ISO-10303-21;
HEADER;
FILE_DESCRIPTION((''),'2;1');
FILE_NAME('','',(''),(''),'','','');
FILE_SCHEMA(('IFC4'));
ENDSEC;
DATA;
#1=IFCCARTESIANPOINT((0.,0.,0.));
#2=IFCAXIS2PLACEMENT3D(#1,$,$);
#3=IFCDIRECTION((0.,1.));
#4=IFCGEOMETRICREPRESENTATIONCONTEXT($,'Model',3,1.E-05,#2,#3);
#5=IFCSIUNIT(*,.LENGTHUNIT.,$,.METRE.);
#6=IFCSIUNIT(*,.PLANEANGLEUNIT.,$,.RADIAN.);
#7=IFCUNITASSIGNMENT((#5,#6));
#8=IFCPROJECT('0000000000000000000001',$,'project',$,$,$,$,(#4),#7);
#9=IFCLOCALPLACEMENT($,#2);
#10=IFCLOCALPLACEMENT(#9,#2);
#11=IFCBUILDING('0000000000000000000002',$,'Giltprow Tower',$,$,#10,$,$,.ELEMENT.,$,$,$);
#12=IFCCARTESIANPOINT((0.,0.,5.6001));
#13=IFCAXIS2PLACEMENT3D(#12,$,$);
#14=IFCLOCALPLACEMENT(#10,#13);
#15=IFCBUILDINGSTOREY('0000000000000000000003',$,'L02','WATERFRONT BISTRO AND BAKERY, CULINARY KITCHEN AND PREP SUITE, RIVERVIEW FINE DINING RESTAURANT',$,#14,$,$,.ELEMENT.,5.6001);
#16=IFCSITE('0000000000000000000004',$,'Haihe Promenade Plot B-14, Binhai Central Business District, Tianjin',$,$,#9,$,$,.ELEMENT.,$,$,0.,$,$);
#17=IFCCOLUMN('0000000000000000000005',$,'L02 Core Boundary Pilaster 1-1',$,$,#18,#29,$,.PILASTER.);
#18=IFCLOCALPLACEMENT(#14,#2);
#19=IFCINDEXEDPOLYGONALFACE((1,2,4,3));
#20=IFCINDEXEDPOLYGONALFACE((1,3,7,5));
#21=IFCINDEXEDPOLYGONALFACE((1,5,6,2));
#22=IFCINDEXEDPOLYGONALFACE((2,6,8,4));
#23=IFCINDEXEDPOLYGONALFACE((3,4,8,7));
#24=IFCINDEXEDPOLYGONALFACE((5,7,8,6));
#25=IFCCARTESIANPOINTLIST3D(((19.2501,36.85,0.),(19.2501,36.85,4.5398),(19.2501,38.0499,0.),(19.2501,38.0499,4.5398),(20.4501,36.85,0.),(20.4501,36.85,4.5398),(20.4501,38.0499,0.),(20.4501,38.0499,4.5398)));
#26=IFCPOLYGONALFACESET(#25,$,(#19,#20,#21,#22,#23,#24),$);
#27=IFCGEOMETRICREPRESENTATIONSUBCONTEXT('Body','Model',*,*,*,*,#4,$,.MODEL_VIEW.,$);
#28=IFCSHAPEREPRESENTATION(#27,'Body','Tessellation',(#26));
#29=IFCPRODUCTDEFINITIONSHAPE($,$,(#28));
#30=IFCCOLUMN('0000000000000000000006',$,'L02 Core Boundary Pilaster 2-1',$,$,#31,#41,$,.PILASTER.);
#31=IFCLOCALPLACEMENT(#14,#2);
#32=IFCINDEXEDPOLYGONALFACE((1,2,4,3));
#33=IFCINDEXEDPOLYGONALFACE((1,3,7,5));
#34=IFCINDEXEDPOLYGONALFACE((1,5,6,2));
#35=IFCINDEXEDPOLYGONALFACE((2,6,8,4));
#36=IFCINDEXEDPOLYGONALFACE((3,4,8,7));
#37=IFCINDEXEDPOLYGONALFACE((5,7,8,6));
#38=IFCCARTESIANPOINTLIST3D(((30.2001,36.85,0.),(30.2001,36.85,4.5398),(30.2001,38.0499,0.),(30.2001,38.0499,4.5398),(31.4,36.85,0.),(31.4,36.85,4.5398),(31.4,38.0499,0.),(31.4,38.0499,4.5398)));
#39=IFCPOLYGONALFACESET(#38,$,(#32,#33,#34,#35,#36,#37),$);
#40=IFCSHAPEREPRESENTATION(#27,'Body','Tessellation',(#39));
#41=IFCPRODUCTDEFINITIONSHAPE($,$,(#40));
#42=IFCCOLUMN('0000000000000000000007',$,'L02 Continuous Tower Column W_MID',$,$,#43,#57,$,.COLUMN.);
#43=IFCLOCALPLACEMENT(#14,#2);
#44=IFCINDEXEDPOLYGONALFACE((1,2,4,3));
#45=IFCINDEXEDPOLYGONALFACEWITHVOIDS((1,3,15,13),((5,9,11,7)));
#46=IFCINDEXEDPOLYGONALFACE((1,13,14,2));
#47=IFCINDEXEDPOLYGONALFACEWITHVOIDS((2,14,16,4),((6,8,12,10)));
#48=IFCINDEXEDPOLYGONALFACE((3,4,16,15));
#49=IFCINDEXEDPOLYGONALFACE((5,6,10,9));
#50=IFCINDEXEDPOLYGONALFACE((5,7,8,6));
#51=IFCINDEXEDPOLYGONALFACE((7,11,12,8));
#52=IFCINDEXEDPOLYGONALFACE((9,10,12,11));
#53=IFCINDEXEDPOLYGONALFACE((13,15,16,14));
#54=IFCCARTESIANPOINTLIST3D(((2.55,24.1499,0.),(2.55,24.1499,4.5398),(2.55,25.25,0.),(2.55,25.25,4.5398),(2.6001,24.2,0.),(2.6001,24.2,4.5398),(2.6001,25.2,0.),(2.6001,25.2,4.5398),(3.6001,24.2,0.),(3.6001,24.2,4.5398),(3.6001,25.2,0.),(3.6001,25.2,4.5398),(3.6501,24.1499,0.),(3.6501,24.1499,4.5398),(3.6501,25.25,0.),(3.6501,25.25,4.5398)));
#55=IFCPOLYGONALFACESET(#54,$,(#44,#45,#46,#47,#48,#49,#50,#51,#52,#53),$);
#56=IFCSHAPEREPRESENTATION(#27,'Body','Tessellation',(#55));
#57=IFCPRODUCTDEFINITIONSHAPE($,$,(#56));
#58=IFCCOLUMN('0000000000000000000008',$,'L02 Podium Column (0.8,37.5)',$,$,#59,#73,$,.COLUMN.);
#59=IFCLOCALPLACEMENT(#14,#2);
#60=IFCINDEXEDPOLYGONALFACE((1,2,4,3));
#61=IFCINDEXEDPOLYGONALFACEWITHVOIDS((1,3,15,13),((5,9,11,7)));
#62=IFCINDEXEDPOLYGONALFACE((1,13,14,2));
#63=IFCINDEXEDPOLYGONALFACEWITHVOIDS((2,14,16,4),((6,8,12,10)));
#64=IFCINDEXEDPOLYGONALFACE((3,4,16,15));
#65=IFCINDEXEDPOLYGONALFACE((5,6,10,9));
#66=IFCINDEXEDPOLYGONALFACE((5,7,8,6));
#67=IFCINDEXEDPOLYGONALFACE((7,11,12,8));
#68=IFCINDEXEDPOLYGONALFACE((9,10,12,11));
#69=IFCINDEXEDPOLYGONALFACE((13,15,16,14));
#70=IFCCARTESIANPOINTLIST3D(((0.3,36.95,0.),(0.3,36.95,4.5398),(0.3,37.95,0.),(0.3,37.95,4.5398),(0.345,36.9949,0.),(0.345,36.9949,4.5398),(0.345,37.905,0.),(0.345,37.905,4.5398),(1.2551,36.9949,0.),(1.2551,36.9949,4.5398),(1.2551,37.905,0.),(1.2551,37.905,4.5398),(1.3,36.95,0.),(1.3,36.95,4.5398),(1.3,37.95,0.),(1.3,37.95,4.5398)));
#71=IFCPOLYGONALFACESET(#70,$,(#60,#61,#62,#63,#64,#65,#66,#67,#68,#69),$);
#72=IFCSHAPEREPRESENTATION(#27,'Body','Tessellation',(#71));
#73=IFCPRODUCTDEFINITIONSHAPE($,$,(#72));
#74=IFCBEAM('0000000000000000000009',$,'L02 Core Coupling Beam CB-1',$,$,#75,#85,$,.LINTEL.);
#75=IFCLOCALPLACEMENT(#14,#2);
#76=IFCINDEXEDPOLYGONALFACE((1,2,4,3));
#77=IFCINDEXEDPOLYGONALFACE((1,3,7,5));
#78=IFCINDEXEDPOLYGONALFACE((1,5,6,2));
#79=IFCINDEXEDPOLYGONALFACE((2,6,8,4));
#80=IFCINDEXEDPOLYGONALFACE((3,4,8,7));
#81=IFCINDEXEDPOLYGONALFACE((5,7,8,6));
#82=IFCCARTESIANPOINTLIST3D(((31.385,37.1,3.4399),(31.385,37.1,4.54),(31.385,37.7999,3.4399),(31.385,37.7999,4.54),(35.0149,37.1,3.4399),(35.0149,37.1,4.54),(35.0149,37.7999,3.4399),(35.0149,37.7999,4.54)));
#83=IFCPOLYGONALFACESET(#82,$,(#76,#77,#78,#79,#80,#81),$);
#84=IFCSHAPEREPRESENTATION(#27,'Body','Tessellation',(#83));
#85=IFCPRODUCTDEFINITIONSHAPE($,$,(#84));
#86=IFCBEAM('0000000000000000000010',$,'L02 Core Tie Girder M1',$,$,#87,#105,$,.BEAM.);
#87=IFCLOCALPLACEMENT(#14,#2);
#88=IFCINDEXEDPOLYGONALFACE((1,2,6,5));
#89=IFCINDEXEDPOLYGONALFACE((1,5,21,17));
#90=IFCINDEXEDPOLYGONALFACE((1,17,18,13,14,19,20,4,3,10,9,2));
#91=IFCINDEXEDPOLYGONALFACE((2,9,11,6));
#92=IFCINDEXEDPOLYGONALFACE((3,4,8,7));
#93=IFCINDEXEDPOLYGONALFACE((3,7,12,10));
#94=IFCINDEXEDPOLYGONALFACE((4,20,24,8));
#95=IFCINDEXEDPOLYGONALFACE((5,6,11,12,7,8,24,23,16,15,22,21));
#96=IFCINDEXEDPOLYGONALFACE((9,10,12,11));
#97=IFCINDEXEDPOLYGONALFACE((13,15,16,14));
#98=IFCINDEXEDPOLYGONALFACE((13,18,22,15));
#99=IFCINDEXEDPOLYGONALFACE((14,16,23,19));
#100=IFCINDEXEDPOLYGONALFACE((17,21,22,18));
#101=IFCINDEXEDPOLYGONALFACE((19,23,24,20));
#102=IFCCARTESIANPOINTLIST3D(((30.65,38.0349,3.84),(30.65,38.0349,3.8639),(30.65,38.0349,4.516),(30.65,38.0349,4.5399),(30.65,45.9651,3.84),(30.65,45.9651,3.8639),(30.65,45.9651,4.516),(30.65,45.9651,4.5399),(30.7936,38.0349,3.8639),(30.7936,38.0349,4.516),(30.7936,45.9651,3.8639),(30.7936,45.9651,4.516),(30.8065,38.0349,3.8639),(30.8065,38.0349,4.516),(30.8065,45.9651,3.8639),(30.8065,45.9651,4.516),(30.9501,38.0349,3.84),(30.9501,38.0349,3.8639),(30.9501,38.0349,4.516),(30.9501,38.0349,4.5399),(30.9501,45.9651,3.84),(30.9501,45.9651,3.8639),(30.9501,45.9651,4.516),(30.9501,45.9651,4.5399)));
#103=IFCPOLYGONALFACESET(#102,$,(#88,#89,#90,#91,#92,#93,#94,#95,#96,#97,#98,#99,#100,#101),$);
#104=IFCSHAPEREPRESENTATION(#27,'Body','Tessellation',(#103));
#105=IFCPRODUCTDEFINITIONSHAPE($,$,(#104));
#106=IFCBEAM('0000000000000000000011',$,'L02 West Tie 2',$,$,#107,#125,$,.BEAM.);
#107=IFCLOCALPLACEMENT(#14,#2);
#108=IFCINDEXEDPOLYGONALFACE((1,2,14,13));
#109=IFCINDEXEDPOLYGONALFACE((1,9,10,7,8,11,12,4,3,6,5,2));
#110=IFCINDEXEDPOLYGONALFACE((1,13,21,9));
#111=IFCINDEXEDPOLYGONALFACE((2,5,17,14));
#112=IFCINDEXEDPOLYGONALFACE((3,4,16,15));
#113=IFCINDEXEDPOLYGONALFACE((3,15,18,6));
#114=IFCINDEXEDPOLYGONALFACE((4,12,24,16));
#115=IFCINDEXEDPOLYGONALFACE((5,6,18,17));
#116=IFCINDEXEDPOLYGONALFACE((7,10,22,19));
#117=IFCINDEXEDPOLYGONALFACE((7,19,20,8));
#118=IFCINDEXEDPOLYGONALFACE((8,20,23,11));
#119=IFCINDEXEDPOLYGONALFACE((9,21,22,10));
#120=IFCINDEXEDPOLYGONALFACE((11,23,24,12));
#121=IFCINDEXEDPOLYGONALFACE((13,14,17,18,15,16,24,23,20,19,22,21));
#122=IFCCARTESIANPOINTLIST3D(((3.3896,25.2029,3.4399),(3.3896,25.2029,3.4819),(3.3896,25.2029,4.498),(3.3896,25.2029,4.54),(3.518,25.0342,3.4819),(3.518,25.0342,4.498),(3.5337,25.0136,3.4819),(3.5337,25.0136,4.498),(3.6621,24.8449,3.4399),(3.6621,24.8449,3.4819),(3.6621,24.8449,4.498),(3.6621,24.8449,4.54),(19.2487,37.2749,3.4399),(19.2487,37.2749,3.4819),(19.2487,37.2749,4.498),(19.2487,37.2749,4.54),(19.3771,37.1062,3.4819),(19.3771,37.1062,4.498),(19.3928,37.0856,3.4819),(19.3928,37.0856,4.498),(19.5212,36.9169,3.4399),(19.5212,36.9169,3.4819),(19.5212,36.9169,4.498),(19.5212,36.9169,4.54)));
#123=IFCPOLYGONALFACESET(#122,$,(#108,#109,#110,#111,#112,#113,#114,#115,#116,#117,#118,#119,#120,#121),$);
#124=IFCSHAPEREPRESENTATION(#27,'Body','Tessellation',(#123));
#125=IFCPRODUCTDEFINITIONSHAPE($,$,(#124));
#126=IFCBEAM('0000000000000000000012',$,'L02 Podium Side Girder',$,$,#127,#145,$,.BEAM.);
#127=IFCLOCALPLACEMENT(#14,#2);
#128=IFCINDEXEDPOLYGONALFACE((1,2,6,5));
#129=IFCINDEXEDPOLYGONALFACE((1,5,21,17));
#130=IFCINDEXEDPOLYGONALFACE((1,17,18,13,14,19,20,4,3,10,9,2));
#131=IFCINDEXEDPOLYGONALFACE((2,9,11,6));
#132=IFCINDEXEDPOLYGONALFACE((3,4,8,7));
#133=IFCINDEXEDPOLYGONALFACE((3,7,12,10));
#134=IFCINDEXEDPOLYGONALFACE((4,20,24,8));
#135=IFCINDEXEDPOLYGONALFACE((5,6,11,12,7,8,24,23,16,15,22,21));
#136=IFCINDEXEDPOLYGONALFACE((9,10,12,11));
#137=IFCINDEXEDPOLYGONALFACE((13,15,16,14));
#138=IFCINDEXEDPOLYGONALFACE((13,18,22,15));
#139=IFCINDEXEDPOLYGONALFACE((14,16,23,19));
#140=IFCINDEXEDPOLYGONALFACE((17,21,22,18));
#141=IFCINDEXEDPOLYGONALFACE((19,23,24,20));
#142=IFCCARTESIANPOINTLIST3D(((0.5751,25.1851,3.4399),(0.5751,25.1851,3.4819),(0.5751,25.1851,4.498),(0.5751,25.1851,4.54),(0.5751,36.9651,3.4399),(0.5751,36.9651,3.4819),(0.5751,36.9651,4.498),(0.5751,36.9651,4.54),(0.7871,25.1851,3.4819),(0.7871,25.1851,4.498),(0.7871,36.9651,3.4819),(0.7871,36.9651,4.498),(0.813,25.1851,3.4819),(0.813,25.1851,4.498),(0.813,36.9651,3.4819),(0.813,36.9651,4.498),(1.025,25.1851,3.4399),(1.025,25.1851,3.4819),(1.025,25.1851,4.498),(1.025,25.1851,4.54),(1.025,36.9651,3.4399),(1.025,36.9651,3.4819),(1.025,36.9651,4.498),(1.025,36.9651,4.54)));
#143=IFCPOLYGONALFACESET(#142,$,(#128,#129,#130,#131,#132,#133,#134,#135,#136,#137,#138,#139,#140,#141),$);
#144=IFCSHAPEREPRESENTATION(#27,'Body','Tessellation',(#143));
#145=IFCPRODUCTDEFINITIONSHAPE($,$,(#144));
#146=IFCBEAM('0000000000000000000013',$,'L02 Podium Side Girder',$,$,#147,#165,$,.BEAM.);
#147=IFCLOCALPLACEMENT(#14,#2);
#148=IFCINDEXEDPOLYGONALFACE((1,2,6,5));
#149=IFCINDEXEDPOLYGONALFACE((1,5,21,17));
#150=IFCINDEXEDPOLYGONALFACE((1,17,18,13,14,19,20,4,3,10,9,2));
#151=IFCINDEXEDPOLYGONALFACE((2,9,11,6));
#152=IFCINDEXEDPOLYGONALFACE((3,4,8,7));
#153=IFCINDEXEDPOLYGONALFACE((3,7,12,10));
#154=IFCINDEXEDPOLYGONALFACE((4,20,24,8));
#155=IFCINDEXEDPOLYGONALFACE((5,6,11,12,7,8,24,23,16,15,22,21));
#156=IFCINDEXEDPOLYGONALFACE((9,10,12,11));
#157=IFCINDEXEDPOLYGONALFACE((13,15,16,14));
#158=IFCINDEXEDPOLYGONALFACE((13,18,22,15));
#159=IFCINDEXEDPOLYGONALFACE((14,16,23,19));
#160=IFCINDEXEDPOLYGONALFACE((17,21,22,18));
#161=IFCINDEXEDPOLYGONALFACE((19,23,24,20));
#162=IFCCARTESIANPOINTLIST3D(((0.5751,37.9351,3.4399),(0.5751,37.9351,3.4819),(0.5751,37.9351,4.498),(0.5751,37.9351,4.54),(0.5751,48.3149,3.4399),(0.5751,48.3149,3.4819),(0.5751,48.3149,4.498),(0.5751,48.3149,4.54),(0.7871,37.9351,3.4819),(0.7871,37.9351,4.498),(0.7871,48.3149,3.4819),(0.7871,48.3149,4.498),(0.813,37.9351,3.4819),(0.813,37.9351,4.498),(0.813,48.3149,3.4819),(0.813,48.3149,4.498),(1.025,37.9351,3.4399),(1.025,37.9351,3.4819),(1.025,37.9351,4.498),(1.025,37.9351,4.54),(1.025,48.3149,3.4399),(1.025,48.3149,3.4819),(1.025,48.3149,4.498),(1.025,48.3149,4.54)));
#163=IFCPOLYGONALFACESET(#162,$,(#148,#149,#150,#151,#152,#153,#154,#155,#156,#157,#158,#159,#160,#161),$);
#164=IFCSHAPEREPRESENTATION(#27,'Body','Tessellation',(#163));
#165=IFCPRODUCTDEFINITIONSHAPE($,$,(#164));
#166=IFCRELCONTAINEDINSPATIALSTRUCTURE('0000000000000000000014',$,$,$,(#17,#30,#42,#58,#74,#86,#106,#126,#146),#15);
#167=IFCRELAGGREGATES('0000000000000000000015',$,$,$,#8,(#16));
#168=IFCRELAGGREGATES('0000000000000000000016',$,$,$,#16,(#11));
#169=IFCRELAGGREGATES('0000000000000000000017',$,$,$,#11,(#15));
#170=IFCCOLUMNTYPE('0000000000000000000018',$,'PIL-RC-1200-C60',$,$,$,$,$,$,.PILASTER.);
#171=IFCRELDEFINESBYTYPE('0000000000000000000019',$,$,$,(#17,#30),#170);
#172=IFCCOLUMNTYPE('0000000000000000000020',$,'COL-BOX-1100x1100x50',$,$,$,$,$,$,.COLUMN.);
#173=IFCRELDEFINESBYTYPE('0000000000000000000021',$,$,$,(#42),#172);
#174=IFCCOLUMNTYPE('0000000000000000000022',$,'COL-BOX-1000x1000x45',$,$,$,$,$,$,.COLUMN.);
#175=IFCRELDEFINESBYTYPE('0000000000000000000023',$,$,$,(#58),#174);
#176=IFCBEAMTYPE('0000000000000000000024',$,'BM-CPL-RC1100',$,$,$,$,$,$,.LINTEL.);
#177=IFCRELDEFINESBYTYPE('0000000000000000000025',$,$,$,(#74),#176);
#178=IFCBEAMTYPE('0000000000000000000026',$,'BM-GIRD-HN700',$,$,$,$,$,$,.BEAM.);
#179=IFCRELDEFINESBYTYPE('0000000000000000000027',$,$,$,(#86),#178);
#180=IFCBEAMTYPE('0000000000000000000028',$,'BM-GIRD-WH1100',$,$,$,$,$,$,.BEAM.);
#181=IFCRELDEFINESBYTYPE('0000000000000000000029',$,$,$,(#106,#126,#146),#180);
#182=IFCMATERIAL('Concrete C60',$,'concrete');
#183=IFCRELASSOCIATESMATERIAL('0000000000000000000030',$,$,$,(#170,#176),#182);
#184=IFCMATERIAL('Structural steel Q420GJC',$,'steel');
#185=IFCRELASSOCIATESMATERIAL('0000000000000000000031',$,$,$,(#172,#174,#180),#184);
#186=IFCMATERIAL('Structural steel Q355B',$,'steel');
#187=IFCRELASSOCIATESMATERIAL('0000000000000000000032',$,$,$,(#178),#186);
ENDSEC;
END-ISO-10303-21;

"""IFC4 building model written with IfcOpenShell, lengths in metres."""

from ifc_helpers import new_model, si_unit, direction, frame, origin, origin_2d, place, context, subcontext, project, spatial, rectangle, hollow_rectangle, i_section, extrude, source, transform, mapped, material, material_profile, profile_set, type_object, element, save


model = new_model("IFC4")

# Units and contexts
model_context = context("Model", 3, precision=1e-05, world=origin(), true_north=direction((0.0, 1.0)))
body_context = subcontext(model_context, "Body", "Model", "MODEL_VIEW")
ifc_project = project(units=[si_unit("LENGTHUNIT", "METRE"), si_unit("PLANEANGLEUNIT", "RADIAN")], contexts=[model_context])

# Site, building, storey
site_placement = place(None, origin())
site = spatial("IfcSite", under=ifc_project, at=site_placement, Name="Haihe Promenade Plot B-14, Binhai Central Business District, Tianjin", CompositionType="ELEMENT", RefElevation=0.0)
building_placement = place(site_placement, origin())
building = spatial("IfcBuilding", under=site, at=building_placement, Name="Giltprow Tower", CompositionType="ELEMENT")
storey_placement = place(building_placement, frame((0.0, 0.0, 5.6001)))
storey = spatial("IfcBuildingStorey", under=building, at=storey_placement, Name="L02", Description="WATERFRONT BISTRO AND BAKERY, CULINARY KITCHEN AND PREP SUITE, RIVERVIEW FINE DINING RESTAURANT", CompositionType="ELEMENT", Elevation=5.6001)

# Columns
ifc_material_1 = material(Name="Concrete C60", Category="concrete")
ifc_material_profile_1 = material_profile(ifc_material_1, rectangle(XDim=1.2, YDim=1.2, at=origin_2d()), Name="RC 1200x1200")
ifc_profile_set_1 = profile_set([ifc_material_profile_1], Name="Concrete C60")
column_type_1 = type_object("IfcColumnType", Name="PIL-RC-1200-C60", PredefinedType="PILASTER", material=ifc_profile_set_1)
shared_shape_1 = source(origin(), body_context, "Body", "SweptSolid", [
    extrude(rectangle(XDim=1.2, YDim=1.2, at=origin_2d()), origin(), (0.0, 0.0, 1.0), 4.5398),
])
for number, where, z_axis, x_axis, name in (
    (1, (19.8501, 37.45, 0.0), (0.0, 0.0, 1.0), (1.0, 0.0, 0.0), "L02 Core Boundary Pilaster 1-1"),
    (2, (30.8, 37.45, 0.0), (0.0, 0.0, 1.0), (1.0, 0.0, 0.0), "L02 Core Boundary Pilaster 2-1"),
):
    element("IfcColumn", number, at=place(storey_placement, frame(where, z_axis=z_axis, x_axis=x_axis)), inside=storey, type_object=column_type_1, Name=name, PredefinedType="PILASTER", context=body_context, shape_type="MappedRepresentation", body=[
        mapped(shared_shape_1, transform((0.0, 0.0, 0.0), x_axis=(1.0, 0.0, 0.0), y_axis=(0.0, 1.0, 0.0), z_axis=(0.0, 0.0, 1.0), scale=1.0)),
    ])
ifc_material_2 = material(Name="Structural steel Q420GJC", Category="steel")
ifc_material_profile_2 = material_profile(ifc_material_2, hollow_rectangle(XDim=1.1001, YDim=1.1001, WallThickness=0.05, at=origin_2d()), Name="BOX 1100x1100x50")
ifc_profile_set_2 = profile_set([ifc_material_profile_2], Name="Structural steel Q420GJC")
column_type_2 = type_object("IfcColumnType", Name="COL-BOX-1100x1100x50", PredefinedType="COLUMN", material=ifc_profile_set_2)
shared_shape_2 = source(origin(), body_context, "Body", "SweptSolid", [
    extrude(hollow_rectangle(XDim=1.1001, YDim=1.1001, WallThickness=0.05, at=origin_2d()), origin(), (0.0, 0.0, 1.0), 4.5398),
])
column_1_placement = place(storey_placement, frame((3.1001, 24.7, 0.0), z_axis=(0.0, 0.0, 1.0), x_axis=(1.0, 0.0, 0.0)))
element("IfcColumn", 3, at=column_1_placement, inside=storey, type_object=column_type_2, Name="L02 Continuous Tower Column W_MID", PredefinedType="COLUMN", context=body_context, shape_type="MappedRepresentation", body=[
    mapped(shared_shape_2, transform((0.0, 0.0, 0.0), x_axis=(1.0, 0.0, 0.0), y_axis=(0.0, 1.0, 0.0), z_axis=(0.0, 0.0, 1.0), scale=1.0)),
])
ifc_material_profile_3 = material_profile(ifc_material_2, hollow_rectangle(XDim=1.0, YDim=1.0, WallThickness=0.0449, at=origin_2d()), Name="BOX 1000x1000x45")
ifc_profile_set_3 = profile_set([ifc_material_profile_3], Name="Structural steel Q420GJC")
column_type_3 = type_object("IfcColumnType", Name="COL-BOX-1000x1000x45", PredefinedType="COLUMN", material=ifc_profile_set_3)
shared_shape_3 = source(origin(), body_context, "Body", "SweptSolid", [
    extrude(hollow_rectangle(XDim=1.0, YDim=1.0, WallThickness=0.0449, at=origin_2d()), origin(), (0.0, 0.0, 1.0), 4.5398),
])
column_2_placement = place(storey_placement, frame((0.8, 37.45, 0.0), z_axis=(0.0, 0.0, 1.0), x_axis=(1.0, 0.0, 0.0)))
element("IfcColumn", 4, at=column_2_placement, inside=storey, type_object=column_type_3, Name="L02 Podium Column (0.8,37.5)", PredefinedType="COLUMN", context=body_context, shape_type="MappedRepresentation", body=[
    mapped(shared_shape_3, transform((0.0, 0.0, 0.0), x_axis=(1.0, 0.0, 0.0), y_axis=(0.0, 1.0, 0.0), z_axis=(0.0, 0.0, 1.0), scale=1.0)),
])

# Beams
ifc_material_profile_4 = material_profile(ifc_material_1, rectangle(XDim=0.7, YDim=1.1001, at=origin_2d()), Name="RC 1100x700")
ifc_profile_set_4 = profile_set([ifc_material_profile_4], Name="Concrete C60")
beam_type_1 = type_object("IfcBeamType", Name="BM-CPL-RC1100", PredefinedType="LINTEL", material=ifc_profile_set_4)
shared_shape_4 = source(origin(), body_context, "Body", "SweptSolid", [
    extrude(rectangle(XDim=0.7, YDim=1.1001, at=origin_2d()), origin(), (0.0, 0.0, 1.0), 3.6299),
])
beam_1_placement = place(storey_placement, frame((31.385, 37.45, 3.99), z_axis=(1.0, 0.0, 0.0), x_axis=(0.0, 1.0, 0.0)))
element("IfcBeam", 5, at=beam_1_placement, inside=storey, type_object=beam_type_1, Name="L02 Core Coupling Beam CB-1", PredefinedType="LINTEL", context=body_context, shape_type="MappedRepresentation", body=[
    mapped(shared_shape_4, transform((0.0, 0.0, 0.0), x_axis=(1.0, 0.0, 0.0), y_axis=(0.0, 1.0, 0.0), z_axis=(0.0, 0.0, 1.0), scale=1.0)),
])
ifc_material_3 = material(Name="Structural steel Q355B", Category="steel")
ifc_material_profile_5 = material_profile(ifc_material_3, i_section(OverallWidth=0.3, OverallDepth=0.7, WebThickness=0.0129, FlangeThickness=0.0239, at=origin_2d()), Name="HN 700x300x13x24")
ifc_profile_set_5 = profile_set([ifc_material_profile_5], Name="Structural steel Q355B")
beam_type_2 = type_object("IfcBeamType", Name="BM-GIRD-HN700", PredefinedType="BEAM", material=ifc_profile_set_5)
shared_shape_5 = source(origin(), body_context, "Body", "SweptSolid", [
    extrude(i_section(OverallWidth=0.3, OverallDepth=0.7, WebThickness=0.0129, FlangeThickness=0.0239, at=origin_2d()), origin(), (0.0, 0.0, 1.0), 7.9302),
])
beam_2_placement = place(storey_placement, frame((30.8, 38.0349, 4.1899), z_axis=(0.0, 1.0, 0.0), x_axis=(-1.0, 0.0, 0.0)))
element("IfcBeam", 6, at=beam_2_placement, inside=storey, type_object=beam_type_2, Name="L02 Core Tie Girder M1", PredefinedType="BEAM", context=body_context, shape_type="MappedRepresentation", body=[
    mapped(shared_shape_5, transform((0.0, 0.0, 0.0), x_axis=(1.0, 0.0, 0.0), y_axis=(0.0, 1.0, 0.0), z_axis=(0.0, 0.0, 1.0), scale=1.0)),
])
ifc_material_profile_6 = material_profile(ifc_material_2, i_section(OverallWidth=0.45, OverallDepth=1.1001, WebThickness=0.0259, FlangeThickness=0.042, at=origin_2d()), Name="WH 1100x450x26x42")
ifc_profile_set_6 = profile_set([ifc_material_profile_6], Name="Structural steel Q420GJC")
beam_type_3 = type_object("IfcBeamType", Name="BM-GIRD-WH1100", PredefinedType="BEAM", material=ifc_profile_set_6)
shared_shape_6 = source(origin(), body_context, "Body", "SweptSolid", [
    extrude(i_section(OverallWidth=0.45, OverallDepth=1.1001, WebThickness=0.0259, FlangeThickness=0.042, at=origin_2d()), origin(), (0.0, 0.0, 1.0), 19.9309),
])
beam_3_placement = place(storey_placement, frame((3.5259, 25.0239, 3.99), z_axis=(0.795701, 0.60569, 0.0), x_axis=(-0.60569, 0.795701, 0.0)))
element("IfcBeam", 7, at=beam_3_placement, inside=storey, type_object=beam_type_3, Name="L02 West Tie 2", PredefinedType="BEAM", context=body_context, shape_type="MappedRepresentation", body=[
    mapped(shared_shape_6, transform((0.0, 0.0, 0.0), x_axis=(1.0, 0.0, 0.0), y_axis=(0.0, 1.0, 0.0), z_axis=(0.0, 0.0, 1.0), scale=1.0)),
])
shared_shape_7 = source(origin(), body_context, "Body", "SweptSolid", [
    extrude(i_section(OverallWidth=0.45, OverallDepth=1.1001, WebThickness=0.0259, FlangeThickness=0.042, at=origin_2d()), origin(), (0.0, 0.0, 1.0), 11.78),
])
beam_4_placement = place(storey_placement, frame((0.8, 25.1851, 3.99), z_axis=(0.0, 1.0, 0.0), x_axis=(-1.0, 0.0, 0.0)))
element("IfcBeam", 8, at=beam_4_placement, inside=storey, type_object=beam_type_3, Name="L02 Podium Side Girder", PredefinedType="BEAM", context=body_context, shape_type="MappedRepresentation", body=[
    mapped(shared_shape_7, transform((0.0, 0.0, 0.0), x_axis=(1.0, 0.0, 0.0), y_axis=(0.0, 1.0, 0.0), z_axis=(0.0, 0.0, 1.0), scale=1.0)),
])
shared_shape_8 = source(origin(), body_context, "Body", "SweptSolid", [
    extrude(i_section(OverallWidth=0.45, OverallDepth=1.1001, WebThickness=0.0259, FlangeThickness=0.042, at=origin_2d()), origin(), (0.0, 0.0, 1.0), 10.3799),
])
beam_5_placement = place(storey_placement, frame((0.8, 37.9351, 3.99), z_axis=(0.0, 1.0, 0.0), x_axis=(-1.0, 0.0, 0.0)))
element("IfcBeam", 9, at=beam_5_placement, inside=storey, type_object=beam_type_3, Name="L02 Podium Side Girder", PredefinedType="BEAM", context=body_context, shape_type="MappedRepresentation", body=[
    mapped(shared_shape_8, transform((0.0, 0.0, 0.0), x_axis=(1.0, 0.0, 0.0), y_axis=(0.0, 1.0, 0.0), z_axis=(0.0, 0.0, 1.0), scale=1.0)),
])

save(model, "model.ifc")
